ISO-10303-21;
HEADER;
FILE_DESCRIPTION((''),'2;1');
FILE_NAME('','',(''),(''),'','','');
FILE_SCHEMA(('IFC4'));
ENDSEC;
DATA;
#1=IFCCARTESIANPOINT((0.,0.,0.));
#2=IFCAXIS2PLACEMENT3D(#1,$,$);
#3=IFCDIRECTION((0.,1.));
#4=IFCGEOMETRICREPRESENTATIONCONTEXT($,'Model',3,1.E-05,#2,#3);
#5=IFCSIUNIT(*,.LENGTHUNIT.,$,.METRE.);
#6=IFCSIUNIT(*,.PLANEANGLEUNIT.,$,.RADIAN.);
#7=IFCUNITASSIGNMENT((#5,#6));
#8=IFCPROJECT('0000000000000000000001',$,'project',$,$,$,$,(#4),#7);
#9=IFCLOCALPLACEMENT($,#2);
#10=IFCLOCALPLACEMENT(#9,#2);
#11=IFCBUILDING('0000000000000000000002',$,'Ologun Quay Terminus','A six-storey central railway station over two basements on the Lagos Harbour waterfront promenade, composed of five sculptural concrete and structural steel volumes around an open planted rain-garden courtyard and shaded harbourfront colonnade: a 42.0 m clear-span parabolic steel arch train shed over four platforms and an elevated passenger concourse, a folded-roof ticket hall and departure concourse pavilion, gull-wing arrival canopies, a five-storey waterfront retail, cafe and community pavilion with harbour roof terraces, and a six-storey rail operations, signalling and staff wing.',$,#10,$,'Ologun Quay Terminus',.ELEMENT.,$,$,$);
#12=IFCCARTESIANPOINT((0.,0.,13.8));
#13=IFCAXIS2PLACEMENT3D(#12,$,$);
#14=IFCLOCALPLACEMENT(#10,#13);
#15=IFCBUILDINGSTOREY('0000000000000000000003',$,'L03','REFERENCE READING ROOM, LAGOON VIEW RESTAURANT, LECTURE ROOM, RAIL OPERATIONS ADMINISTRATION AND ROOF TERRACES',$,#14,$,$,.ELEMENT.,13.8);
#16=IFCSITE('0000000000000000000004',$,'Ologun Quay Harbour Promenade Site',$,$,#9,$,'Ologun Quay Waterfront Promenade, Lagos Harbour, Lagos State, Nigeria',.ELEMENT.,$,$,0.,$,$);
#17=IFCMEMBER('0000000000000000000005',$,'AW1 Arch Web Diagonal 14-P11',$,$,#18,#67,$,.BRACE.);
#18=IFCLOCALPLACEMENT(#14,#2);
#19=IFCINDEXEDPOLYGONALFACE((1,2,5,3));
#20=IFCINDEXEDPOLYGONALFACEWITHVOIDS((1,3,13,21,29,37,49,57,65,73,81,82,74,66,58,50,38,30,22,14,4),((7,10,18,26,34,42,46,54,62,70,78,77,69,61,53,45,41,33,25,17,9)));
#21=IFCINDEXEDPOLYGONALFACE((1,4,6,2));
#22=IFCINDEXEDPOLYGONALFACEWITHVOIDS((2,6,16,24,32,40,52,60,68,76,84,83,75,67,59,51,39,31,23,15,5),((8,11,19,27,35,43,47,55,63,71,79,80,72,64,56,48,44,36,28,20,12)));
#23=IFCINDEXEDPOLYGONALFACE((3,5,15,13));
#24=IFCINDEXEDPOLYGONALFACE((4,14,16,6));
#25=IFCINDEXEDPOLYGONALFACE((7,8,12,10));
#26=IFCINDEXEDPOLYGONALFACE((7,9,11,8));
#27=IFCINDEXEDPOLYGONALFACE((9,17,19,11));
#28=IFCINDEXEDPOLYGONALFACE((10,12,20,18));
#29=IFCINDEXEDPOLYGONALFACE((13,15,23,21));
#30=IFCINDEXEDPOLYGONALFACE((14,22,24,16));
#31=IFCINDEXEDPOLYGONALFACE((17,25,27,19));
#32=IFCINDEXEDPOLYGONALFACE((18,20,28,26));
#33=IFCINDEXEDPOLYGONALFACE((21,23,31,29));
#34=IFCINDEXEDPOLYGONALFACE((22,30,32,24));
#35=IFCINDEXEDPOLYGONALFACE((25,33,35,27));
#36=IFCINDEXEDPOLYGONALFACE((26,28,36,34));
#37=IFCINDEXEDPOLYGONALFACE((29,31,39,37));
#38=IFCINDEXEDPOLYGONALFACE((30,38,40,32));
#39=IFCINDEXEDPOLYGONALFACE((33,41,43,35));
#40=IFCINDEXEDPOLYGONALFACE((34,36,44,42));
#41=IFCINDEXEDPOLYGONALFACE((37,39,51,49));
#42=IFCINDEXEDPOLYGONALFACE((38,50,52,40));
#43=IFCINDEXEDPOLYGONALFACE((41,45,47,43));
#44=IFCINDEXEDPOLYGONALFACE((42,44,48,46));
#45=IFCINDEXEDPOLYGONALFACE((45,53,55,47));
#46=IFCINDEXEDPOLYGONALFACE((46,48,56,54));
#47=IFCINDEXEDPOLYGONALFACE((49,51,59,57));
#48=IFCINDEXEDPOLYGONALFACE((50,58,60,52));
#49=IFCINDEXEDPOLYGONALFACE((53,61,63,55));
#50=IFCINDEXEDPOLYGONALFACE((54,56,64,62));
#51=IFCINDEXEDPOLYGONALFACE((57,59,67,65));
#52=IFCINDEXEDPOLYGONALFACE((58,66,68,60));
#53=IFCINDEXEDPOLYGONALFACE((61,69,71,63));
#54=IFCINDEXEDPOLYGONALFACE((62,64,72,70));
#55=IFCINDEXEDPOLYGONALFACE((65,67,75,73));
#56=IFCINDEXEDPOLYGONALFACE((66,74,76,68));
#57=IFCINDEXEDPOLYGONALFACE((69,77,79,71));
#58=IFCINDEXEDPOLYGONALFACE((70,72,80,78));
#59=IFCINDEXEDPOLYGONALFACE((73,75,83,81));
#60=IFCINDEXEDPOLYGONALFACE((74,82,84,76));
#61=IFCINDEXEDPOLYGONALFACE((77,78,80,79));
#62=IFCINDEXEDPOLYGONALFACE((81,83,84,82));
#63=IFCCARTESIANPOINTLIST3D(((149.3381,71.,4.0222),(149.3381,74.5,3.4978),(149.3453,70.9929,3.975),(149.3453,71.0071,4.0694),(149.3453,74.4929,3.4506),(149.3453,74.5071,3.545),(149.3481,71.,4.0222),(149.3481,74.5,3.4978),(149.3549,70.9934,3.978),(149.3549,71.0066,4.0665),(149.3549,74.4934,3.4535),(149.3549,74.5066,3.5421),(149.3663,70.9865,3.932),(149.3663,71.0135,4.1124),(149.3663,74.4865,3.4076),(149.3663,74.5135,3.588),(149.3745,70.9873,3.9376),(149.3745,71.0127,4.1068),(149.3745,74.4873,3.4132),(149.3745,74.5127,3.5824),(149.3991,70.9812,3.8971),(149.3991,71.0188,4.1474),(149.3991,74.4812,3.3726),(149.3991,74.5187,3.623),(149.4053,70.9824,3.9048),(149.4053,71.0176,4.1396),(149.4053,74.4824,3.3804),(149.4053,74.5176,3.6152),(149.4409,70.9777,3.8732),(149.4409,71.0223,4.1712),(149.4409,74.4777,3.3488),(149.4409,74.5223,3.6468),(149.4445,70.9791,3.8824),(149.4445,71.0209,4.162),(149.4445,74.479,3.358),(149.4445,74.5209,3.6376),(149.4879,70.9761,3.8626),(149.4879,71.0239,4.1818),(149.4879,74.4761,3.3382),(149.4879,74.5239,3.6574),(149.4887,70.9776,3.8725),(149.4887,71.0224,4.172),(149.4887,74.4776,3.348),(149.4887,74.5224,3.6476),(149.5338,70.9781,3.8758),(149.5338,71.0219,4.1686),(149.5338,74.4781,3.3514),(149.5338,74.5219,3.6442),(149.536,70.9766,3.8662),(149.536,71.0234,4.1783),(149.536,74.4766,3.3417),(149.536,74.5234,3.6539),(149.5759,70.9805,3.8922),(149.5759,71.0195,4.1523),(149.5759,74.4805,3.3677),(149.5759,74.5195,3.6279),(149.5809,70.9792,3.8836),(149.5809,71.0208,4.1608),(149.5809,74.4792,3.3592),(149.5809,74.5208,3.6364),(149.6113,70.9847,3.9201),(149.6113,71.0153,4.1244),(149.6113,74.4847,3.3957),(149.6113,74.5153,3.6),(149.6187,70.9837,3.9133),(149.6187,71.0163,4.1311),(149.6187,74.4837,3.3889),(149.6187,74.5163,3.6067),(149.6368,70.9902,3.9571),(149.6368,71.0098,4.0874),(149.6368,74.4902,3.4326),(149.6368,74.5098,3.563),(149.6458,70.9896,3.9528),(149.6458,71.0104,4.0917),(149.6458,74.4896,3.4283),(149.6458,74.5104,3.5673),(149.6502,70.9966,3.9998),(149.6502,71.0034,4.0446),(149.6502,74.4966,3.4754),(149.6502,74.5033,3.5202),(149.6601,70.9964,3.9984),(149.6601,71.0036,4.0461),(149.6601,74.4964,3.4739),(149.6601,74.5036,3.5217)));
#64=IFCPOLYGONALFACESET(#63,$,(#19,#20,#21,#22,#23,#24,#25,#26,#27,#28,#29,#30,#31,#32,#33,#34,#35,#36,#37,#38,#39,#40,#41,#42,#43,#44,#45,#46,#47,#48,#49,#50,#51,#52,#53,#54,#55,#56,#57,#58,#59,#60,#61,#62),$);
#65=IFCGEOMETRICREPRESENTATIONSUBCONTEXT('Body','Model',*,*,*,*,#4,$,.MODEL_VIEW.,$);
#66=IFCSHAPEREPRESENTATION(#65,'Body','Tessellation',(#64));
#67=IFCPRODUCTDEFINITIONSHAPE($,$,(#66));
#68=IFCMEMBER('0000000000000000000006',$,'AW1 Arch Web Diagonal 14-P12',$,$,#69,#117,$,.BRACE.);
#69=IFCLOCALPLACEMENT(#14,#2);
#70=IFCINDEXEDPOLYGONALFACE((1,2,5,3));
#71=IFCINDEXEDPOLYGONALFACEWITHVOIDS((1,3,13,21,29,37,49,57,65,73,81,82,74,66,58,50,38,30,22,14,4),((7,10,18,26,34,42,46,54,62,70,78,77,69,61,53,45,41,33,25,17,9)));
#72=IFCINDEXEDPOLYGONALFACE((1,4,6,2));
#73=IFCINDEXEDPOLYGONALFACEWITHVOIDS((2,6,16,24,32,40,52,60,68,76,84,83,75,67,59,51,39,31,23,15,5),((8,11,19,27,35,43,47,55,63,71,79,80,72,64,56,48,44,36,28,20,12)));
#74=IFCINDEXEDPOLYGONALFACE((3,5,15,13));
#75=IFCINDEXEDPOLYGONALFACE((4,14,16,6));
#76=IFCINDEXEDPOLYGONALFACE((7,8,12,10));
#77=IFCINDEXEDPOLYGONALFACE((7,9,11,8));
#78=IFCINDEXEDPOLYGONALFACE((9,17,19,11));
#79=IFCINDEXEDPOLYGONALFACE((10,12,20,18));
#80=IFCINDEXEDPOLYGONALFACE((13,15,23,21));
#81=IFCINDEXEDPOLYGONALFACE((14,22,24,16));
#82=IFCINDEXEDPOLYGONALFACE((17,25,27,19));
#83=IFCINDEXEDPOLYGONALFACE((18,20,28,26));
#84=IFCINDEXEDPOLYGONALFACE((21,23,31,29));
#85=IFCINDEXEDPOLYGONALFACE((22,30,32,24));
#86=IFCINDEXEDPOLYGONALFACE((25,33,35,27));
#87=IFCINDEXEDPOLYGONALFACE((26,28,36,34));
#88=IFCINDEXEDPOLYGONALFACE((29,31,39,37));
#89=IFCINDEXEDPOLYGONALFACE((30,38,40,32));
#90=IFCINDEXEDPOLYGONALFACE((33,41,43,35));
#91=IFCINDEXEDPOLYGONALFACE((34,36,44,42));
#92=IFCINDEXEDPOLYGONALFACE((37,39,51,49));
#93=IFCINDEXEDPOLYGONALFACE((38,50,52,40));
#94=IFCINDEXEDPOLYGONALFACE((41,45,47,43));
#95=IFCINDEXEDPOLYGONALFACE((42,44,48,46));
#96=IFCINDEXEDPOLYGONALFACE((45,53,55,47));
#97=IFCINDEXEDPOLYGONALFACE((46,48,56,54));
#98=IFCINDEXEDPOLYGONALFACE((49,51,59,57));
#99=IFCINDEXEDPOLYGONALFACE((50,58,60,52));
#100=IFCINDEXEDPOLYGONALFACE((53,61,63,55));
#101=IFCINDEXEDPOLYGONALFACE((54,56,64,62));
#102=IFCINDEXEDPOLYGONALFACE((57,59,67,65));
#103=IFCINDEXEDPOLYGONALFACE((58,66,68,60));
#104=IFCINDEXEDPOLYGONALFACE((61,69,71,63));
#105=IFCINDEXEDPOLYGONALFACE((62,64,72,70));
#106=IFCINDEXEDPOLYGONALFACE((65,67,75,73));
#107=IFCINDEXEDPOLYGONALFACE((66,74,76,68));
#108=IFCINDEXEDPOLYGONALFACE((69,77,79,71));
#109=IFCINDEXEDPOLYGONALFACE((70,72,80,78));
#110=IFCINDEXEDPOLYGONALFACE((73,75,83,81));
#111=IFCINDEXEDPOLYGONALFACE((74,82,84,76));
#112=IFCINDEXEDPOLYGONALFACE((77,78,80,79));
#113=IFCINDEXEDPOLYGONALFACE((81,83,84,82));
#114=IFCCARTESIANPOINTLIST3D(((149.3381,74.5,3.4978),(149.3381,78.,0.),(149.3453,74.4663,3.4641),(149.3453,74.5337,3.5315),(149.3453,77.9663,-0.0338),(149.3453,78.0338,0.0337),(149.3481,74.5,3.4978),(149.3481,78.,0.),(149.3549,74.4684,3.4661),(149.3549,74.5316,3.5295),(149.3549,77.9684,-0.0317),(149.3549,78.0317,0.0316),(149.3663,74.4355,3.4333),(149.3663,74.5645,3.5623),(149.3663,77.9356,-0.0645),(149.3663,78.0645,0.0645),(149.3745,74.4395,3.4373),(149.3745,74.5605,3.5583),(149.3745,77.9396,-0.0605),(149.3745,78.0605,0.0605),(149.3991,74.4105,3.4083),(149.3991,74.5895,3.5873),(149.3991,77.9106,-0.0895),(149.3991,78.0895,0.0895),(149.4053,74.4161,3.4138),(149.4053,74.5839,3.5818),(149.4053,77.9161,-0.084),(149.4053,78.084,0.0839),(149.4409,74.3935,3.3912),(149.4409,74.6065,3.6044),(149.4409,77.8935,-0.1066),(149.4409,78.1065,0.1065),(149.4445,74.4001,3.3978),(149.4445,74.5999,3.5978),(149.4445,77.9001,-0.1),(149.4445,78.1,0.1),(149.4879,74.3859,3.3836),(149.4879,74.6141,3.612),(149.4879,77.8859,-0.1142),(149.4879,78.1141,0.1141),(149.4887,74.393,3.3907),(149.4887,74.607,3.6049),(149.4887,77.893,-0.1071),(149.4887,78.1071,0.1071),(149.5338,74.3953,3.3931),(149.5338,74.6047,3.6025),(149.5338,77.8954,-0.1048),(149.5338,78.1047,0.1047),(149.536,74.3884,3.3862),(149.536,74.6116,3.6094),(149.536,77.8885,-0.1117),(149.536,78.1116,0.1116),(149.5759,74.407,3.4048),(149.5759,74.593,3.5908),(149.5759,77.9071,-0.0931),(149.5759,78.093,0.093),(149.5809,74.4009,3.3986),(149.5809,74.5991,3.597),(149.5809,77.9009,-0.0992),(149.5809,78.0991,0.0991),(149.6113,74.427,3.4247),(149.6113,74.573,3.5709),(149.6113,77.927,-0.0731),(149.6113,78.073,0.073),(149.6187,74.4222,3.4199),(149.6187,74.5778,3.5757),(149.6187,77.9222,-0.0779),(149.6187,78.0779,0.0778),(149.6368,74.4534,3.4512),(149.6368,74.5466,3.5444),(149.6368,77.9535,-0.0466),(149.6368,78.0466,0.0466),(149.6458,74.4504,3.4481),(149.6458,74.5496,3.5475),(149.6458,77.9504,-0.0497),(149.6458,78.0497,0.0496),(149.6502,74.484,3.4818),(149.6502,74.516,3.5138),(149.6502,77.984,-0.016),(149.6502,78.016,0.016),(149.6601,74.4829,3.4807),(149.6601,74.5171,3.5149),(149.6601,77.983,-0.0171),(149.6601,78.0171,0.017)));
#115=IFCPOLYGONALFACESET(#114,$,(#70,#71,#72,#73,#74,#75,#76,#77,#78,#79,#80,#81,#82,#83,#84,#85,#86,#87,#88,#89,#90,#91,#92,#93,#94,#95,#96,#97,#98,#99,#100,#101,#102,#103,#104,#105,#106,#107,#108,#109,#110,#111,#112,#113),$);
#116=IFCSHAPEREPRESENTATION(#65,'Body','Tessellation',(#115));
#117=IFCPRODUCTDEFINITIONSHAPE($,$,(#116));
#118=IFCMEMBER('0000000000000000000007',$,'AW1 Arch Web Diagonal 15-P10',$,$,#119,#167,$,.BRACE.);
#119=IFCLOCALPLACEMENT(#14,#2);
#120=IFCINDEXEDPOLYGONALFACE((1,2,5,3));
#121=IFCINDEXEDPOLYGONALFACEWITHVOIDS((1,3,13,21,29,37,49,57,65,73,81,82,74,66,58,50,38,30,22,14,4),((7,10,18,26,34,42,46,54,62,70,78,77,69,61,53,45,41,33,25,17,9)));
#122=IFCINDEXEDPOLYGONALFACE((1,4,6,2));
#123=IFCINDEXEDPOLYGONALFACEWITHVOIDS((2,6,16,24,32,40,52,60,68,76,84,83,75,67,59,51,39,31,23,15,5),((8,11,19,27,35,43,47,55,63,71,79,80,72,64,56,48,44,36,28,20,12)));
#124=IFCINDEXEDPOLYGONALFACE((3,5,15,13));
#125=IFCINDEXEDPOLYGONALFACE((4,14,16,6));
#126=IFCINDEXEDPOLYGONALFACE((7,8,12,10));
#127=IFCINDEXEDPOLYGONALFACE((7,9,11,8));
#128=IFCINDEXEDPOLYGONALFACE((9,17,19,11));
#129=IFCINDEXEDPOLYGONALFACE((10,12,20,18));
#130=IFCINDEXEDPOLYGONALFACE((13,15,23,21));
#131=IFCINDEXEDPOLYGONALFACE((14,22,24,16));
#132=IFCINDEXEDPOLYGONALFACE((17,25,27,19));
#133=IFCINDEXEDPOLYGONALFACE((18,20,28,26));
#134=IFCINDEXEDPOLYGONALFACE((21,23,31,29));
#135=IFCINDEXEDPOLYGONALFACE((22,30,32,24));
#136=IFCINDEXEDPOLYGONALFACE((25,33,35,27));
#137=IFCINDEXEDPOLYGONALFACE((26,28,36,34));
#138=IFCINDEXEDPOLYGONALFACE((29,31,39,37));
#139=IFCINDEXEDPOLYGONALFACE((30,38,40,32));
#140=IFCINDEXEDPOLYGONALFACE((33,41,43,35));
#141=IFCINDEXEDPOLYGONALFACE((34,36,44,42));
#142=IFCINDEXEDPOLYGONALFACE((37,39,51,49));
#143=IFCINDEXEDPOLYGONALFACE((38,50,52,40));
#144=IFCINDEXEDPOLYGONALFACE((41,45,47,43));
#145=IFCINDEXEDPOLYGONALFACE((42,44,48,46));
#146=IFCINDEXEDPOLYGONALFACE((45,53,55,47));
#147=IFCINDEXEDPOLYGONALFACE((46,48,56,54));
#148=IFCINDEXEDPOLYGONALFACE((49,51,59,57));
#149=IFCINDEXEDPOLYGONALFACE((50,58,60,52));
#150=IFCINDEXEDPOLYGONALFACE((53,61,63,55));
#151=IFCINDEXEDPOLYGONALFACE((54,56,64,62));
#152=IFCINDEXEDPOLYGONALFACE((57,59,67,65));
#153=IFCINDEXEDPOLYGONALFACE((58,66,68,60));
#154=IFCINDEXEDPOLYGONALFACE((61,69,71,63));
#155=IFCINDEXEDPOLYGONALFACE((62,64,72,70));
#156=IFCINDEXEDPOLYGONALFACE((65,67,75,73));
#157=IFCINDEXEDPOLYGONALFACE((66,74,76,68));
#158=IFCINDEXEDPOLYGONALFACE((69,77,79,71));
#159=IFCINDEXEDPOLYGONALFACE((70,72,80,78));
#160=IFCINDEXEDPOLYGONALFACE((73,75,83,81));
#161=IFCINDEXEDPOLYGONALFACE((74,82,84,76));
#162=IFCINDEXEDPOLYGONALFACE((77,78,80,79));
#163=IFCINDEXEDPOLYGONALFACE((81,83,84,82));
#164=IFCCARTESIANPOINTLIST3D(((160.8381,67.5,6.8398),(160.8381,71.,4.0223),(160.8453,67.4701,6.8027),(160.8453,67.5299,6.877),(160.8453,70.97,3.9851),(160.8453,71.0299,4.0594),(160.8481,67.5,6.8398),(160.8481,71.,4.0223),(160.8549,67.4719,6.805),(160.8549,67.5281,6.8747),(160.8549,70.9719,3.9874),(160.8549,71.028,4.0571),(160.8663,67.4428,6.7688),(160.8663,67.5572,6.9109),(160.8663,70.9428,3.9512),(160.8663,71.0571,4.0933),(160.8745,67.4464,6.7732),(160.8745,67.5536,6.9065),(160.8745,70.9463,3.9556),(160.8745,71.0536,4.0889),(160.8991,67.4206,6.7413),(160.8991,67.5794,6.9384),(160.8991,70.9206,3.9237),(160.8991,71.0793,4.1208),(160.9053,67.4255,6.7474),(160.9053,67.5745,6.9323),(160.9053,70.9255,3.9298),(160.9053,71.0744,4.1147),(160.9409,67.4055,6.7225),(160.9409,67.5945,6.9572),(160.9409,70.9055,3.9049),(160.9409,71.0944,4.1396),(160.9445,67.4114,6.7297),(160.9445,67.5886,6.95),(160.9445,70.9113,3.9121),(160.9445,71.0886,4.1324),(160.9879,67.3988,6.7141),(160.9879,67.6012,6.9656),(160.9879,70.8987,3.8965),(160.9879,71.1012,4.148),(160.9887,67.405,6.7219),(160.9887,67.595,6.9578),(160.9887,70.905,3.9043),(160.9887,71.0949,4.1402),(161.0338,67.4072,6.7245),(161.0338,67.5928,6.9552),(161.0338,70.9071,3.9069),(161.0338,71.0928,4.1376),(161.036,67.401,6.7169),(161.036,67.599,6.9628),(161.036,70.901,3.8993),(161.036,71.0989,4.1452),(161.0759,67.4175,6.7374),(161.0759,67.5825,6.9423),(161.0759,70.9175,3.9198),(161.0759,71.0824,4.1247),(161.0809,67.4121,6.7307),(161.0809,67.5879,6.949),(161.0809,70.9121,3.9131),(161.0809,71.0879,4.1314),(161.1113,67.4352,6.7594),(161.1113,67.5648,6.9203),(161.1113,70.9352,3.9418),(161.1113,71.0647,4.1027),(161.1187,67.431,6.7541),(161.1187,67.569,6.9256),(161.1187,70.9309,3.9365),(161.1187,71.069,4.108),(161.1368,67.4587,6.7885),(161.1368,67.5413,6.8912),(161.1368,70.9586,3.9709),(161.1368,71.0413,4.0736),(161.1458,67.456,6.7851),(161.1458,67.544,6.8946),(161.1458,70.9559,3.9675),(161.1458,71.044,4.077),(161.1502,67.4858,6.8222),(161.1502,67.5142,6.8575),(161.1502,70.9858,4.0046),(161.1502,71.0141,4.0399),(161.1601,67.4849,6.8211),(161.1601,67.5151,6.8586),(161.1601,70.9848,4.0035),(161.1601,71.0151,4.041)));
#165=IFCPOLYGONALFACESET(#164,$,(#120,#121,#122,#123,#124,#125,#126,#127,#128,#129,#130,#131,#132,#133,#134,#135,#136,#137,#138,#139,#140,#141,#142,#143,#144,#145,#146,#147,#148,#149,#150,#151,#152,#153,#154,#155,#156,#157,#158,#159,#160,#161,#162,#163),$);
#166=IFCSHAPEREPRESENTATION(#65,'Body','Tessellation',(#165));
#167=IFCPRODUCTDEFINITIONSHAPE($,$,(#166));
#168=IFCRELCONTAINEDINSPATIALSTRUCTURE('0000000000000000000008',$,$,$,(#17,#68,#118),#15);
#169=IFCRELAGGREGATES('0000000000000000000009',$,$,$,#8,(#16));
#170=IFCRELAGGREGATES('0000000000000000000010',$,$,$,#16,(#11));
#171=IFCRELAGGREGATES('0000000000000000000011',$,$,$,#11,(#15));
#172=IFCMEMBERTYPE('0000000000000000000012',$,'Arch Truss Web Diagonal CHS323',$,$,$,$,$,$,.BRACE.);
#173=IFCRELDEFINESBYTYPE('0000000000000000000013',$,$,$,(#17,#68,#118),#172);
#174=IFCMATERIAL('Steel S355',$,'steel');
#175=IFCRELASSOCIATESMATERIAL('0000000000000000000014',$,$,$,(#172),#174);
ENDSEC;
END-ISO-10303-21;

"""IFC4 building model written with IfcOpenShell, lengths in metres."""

from ifc_helpers import new_model, si_unit, direction, frame, origin, origin_2d, place, context, subcontext, project, spatial, hollow_circle, extrude, material, material_profile, profile_set, type_object, element, save


model = new_model("IFC4")

# Units and contexts
model_context = context("Model", 3, precision=1e-05, world=origin(), true_north=direction((0.0, 1.0)))
body_context = subcontext(model_context, "Body", "Model", "MODEL_VIEW")
ifc_project = project(units=[si_unit("LENGTHUNIT", "METRE"), si_unit("PLANEANGLEUNIT", "RADIAN")], contexts=[model_context])

# Site, building, storey
site_placement = place(None, origin())
site = spatial("IfcSite", under=ifc_project, at=site_placement, Name="Ologun Quay Harbour Promenade Site", LongName="Ologun Quay Waterfront Promenade, Lagos Harbour, Lagos State, Nigeria", CompositionType="ELEMENT", RefElevation=0.0)
building_placement = place(site_placement, origin())
building = spatial("IfcBuilding", under=site, at=building_placement, Name="Ologun Quay Terminus", Description="A six-storey central railway station over two basements on the Lagos Harbour waterfront promenade, composed of five sculptural concrete and structural steel volumes around an open planted rain-garden courtyard and shaded harbourfront colonnade: a 42.0 m clear-span parabolic steel arch train shed over four platforms and an elevated passenger concourse, a folded-roof ticket hall and departure concourse pavilion, gull-wing arrival canopies, a five-storey waterfront retail, cafe and community pavilion with harbour roof terraces, and a six-storey rail operations, signalling and staff wing.", LongName="Ologun Quay Terminus", CompositionType="ELEMENT")
storey_placement = place(building_placement, frame((0.0, 0.0, 13.8)))
storey = spatial("IfcBuildingStorey", under=building, at=storey_placement, Name="L03", Description="REFERENCE READING ROOM, LAGOON VIEW RESTAURANT, LECTURE ROOM, RAIL OPERATIONS ADMINISTRATION AND ROOF TERRACES", CompositionType="ELEMENT", Elevation=13.8)

# Members
ifc_material_1 = material(Name="Steel S355", Category="steel")
ifc_material_profile_1 = material_profile(ifc_material_1, hollow_circle(Radius=0.1619, WallThickness=0.01, at=origin_2d()), Name="CHS 323.9x10")
ifc_profile_set_1 = profile_set([ifc_material_profile_1], Name="Steel S355")
member_type_1 = type_object("IfcMemberType", Name="Arch Truss Web Diagonal CHS323", PredefinedType="BRACE", material=ifc_profile_set_1)
member_1_placement = place(storey_placement, frame((149.5, 71.0, 4.0222), z_axis=(0.0, 0.988961, -0.148179), x_axis=(-1.0, 0.0, 0.0)))
element("IfcMember", 1, at=member_1_placement, inside=storey, type_object=member_type_1, Name="AW1 Arch Web Diagonal 14-P11", PredefinedType="BRACE", context=body_context, shape_type="SweptSolid", body=[
    extrude(hollow_circle(Radius=0.1619, WallThickness=0.01, at=origin_2d()), origin(), (0.0, 0.0, 1.0), 3.5391),
])
member_2_placement = place(storey_placement, frame((149.5, 74.5, 3.4978), z_axis=(0.0, 0.707329, -0.706885), x_axis=(-1.0, 0.0, 0.0)))
element("IfcMember", 2, at=member_2_placement, inside=storey, type_object=member_type_1, Name="AW1 Arch Web Diagonal 14-P12", PredefinedType="BRACE", context=body_context, shape_type="SweptSolid", body=[
    extrude(hollow_circle(Radius=0.1619, WallThickness=0.01, at=origin_2d()), origin(), (0.0, 0.0, 1.0), 4.9482),
])
member_3_placement = place(storey_placement, frame((161.0, 67.5, 6.8398), z_axis=(0.0, 0.778951, -0.627084), x_axis=(-1.0, 0.0, 0.0)))
element("IfcMember", 3, at=member_3_placement, inside=storey, type_object=member_type_1, Name="AW1 Arch Web Diagonal 15-P10", PredefinedType="BRACE", context=body_context, shape_type="SweptSolid", body=[
    extrude(hollow_circle(Radius=0.1619, WallThickness=0.01, at=origin_2d()), origin(), (0.0, 0.0, 1.0), 4.4932),
])

save(model, "model.ifc")
